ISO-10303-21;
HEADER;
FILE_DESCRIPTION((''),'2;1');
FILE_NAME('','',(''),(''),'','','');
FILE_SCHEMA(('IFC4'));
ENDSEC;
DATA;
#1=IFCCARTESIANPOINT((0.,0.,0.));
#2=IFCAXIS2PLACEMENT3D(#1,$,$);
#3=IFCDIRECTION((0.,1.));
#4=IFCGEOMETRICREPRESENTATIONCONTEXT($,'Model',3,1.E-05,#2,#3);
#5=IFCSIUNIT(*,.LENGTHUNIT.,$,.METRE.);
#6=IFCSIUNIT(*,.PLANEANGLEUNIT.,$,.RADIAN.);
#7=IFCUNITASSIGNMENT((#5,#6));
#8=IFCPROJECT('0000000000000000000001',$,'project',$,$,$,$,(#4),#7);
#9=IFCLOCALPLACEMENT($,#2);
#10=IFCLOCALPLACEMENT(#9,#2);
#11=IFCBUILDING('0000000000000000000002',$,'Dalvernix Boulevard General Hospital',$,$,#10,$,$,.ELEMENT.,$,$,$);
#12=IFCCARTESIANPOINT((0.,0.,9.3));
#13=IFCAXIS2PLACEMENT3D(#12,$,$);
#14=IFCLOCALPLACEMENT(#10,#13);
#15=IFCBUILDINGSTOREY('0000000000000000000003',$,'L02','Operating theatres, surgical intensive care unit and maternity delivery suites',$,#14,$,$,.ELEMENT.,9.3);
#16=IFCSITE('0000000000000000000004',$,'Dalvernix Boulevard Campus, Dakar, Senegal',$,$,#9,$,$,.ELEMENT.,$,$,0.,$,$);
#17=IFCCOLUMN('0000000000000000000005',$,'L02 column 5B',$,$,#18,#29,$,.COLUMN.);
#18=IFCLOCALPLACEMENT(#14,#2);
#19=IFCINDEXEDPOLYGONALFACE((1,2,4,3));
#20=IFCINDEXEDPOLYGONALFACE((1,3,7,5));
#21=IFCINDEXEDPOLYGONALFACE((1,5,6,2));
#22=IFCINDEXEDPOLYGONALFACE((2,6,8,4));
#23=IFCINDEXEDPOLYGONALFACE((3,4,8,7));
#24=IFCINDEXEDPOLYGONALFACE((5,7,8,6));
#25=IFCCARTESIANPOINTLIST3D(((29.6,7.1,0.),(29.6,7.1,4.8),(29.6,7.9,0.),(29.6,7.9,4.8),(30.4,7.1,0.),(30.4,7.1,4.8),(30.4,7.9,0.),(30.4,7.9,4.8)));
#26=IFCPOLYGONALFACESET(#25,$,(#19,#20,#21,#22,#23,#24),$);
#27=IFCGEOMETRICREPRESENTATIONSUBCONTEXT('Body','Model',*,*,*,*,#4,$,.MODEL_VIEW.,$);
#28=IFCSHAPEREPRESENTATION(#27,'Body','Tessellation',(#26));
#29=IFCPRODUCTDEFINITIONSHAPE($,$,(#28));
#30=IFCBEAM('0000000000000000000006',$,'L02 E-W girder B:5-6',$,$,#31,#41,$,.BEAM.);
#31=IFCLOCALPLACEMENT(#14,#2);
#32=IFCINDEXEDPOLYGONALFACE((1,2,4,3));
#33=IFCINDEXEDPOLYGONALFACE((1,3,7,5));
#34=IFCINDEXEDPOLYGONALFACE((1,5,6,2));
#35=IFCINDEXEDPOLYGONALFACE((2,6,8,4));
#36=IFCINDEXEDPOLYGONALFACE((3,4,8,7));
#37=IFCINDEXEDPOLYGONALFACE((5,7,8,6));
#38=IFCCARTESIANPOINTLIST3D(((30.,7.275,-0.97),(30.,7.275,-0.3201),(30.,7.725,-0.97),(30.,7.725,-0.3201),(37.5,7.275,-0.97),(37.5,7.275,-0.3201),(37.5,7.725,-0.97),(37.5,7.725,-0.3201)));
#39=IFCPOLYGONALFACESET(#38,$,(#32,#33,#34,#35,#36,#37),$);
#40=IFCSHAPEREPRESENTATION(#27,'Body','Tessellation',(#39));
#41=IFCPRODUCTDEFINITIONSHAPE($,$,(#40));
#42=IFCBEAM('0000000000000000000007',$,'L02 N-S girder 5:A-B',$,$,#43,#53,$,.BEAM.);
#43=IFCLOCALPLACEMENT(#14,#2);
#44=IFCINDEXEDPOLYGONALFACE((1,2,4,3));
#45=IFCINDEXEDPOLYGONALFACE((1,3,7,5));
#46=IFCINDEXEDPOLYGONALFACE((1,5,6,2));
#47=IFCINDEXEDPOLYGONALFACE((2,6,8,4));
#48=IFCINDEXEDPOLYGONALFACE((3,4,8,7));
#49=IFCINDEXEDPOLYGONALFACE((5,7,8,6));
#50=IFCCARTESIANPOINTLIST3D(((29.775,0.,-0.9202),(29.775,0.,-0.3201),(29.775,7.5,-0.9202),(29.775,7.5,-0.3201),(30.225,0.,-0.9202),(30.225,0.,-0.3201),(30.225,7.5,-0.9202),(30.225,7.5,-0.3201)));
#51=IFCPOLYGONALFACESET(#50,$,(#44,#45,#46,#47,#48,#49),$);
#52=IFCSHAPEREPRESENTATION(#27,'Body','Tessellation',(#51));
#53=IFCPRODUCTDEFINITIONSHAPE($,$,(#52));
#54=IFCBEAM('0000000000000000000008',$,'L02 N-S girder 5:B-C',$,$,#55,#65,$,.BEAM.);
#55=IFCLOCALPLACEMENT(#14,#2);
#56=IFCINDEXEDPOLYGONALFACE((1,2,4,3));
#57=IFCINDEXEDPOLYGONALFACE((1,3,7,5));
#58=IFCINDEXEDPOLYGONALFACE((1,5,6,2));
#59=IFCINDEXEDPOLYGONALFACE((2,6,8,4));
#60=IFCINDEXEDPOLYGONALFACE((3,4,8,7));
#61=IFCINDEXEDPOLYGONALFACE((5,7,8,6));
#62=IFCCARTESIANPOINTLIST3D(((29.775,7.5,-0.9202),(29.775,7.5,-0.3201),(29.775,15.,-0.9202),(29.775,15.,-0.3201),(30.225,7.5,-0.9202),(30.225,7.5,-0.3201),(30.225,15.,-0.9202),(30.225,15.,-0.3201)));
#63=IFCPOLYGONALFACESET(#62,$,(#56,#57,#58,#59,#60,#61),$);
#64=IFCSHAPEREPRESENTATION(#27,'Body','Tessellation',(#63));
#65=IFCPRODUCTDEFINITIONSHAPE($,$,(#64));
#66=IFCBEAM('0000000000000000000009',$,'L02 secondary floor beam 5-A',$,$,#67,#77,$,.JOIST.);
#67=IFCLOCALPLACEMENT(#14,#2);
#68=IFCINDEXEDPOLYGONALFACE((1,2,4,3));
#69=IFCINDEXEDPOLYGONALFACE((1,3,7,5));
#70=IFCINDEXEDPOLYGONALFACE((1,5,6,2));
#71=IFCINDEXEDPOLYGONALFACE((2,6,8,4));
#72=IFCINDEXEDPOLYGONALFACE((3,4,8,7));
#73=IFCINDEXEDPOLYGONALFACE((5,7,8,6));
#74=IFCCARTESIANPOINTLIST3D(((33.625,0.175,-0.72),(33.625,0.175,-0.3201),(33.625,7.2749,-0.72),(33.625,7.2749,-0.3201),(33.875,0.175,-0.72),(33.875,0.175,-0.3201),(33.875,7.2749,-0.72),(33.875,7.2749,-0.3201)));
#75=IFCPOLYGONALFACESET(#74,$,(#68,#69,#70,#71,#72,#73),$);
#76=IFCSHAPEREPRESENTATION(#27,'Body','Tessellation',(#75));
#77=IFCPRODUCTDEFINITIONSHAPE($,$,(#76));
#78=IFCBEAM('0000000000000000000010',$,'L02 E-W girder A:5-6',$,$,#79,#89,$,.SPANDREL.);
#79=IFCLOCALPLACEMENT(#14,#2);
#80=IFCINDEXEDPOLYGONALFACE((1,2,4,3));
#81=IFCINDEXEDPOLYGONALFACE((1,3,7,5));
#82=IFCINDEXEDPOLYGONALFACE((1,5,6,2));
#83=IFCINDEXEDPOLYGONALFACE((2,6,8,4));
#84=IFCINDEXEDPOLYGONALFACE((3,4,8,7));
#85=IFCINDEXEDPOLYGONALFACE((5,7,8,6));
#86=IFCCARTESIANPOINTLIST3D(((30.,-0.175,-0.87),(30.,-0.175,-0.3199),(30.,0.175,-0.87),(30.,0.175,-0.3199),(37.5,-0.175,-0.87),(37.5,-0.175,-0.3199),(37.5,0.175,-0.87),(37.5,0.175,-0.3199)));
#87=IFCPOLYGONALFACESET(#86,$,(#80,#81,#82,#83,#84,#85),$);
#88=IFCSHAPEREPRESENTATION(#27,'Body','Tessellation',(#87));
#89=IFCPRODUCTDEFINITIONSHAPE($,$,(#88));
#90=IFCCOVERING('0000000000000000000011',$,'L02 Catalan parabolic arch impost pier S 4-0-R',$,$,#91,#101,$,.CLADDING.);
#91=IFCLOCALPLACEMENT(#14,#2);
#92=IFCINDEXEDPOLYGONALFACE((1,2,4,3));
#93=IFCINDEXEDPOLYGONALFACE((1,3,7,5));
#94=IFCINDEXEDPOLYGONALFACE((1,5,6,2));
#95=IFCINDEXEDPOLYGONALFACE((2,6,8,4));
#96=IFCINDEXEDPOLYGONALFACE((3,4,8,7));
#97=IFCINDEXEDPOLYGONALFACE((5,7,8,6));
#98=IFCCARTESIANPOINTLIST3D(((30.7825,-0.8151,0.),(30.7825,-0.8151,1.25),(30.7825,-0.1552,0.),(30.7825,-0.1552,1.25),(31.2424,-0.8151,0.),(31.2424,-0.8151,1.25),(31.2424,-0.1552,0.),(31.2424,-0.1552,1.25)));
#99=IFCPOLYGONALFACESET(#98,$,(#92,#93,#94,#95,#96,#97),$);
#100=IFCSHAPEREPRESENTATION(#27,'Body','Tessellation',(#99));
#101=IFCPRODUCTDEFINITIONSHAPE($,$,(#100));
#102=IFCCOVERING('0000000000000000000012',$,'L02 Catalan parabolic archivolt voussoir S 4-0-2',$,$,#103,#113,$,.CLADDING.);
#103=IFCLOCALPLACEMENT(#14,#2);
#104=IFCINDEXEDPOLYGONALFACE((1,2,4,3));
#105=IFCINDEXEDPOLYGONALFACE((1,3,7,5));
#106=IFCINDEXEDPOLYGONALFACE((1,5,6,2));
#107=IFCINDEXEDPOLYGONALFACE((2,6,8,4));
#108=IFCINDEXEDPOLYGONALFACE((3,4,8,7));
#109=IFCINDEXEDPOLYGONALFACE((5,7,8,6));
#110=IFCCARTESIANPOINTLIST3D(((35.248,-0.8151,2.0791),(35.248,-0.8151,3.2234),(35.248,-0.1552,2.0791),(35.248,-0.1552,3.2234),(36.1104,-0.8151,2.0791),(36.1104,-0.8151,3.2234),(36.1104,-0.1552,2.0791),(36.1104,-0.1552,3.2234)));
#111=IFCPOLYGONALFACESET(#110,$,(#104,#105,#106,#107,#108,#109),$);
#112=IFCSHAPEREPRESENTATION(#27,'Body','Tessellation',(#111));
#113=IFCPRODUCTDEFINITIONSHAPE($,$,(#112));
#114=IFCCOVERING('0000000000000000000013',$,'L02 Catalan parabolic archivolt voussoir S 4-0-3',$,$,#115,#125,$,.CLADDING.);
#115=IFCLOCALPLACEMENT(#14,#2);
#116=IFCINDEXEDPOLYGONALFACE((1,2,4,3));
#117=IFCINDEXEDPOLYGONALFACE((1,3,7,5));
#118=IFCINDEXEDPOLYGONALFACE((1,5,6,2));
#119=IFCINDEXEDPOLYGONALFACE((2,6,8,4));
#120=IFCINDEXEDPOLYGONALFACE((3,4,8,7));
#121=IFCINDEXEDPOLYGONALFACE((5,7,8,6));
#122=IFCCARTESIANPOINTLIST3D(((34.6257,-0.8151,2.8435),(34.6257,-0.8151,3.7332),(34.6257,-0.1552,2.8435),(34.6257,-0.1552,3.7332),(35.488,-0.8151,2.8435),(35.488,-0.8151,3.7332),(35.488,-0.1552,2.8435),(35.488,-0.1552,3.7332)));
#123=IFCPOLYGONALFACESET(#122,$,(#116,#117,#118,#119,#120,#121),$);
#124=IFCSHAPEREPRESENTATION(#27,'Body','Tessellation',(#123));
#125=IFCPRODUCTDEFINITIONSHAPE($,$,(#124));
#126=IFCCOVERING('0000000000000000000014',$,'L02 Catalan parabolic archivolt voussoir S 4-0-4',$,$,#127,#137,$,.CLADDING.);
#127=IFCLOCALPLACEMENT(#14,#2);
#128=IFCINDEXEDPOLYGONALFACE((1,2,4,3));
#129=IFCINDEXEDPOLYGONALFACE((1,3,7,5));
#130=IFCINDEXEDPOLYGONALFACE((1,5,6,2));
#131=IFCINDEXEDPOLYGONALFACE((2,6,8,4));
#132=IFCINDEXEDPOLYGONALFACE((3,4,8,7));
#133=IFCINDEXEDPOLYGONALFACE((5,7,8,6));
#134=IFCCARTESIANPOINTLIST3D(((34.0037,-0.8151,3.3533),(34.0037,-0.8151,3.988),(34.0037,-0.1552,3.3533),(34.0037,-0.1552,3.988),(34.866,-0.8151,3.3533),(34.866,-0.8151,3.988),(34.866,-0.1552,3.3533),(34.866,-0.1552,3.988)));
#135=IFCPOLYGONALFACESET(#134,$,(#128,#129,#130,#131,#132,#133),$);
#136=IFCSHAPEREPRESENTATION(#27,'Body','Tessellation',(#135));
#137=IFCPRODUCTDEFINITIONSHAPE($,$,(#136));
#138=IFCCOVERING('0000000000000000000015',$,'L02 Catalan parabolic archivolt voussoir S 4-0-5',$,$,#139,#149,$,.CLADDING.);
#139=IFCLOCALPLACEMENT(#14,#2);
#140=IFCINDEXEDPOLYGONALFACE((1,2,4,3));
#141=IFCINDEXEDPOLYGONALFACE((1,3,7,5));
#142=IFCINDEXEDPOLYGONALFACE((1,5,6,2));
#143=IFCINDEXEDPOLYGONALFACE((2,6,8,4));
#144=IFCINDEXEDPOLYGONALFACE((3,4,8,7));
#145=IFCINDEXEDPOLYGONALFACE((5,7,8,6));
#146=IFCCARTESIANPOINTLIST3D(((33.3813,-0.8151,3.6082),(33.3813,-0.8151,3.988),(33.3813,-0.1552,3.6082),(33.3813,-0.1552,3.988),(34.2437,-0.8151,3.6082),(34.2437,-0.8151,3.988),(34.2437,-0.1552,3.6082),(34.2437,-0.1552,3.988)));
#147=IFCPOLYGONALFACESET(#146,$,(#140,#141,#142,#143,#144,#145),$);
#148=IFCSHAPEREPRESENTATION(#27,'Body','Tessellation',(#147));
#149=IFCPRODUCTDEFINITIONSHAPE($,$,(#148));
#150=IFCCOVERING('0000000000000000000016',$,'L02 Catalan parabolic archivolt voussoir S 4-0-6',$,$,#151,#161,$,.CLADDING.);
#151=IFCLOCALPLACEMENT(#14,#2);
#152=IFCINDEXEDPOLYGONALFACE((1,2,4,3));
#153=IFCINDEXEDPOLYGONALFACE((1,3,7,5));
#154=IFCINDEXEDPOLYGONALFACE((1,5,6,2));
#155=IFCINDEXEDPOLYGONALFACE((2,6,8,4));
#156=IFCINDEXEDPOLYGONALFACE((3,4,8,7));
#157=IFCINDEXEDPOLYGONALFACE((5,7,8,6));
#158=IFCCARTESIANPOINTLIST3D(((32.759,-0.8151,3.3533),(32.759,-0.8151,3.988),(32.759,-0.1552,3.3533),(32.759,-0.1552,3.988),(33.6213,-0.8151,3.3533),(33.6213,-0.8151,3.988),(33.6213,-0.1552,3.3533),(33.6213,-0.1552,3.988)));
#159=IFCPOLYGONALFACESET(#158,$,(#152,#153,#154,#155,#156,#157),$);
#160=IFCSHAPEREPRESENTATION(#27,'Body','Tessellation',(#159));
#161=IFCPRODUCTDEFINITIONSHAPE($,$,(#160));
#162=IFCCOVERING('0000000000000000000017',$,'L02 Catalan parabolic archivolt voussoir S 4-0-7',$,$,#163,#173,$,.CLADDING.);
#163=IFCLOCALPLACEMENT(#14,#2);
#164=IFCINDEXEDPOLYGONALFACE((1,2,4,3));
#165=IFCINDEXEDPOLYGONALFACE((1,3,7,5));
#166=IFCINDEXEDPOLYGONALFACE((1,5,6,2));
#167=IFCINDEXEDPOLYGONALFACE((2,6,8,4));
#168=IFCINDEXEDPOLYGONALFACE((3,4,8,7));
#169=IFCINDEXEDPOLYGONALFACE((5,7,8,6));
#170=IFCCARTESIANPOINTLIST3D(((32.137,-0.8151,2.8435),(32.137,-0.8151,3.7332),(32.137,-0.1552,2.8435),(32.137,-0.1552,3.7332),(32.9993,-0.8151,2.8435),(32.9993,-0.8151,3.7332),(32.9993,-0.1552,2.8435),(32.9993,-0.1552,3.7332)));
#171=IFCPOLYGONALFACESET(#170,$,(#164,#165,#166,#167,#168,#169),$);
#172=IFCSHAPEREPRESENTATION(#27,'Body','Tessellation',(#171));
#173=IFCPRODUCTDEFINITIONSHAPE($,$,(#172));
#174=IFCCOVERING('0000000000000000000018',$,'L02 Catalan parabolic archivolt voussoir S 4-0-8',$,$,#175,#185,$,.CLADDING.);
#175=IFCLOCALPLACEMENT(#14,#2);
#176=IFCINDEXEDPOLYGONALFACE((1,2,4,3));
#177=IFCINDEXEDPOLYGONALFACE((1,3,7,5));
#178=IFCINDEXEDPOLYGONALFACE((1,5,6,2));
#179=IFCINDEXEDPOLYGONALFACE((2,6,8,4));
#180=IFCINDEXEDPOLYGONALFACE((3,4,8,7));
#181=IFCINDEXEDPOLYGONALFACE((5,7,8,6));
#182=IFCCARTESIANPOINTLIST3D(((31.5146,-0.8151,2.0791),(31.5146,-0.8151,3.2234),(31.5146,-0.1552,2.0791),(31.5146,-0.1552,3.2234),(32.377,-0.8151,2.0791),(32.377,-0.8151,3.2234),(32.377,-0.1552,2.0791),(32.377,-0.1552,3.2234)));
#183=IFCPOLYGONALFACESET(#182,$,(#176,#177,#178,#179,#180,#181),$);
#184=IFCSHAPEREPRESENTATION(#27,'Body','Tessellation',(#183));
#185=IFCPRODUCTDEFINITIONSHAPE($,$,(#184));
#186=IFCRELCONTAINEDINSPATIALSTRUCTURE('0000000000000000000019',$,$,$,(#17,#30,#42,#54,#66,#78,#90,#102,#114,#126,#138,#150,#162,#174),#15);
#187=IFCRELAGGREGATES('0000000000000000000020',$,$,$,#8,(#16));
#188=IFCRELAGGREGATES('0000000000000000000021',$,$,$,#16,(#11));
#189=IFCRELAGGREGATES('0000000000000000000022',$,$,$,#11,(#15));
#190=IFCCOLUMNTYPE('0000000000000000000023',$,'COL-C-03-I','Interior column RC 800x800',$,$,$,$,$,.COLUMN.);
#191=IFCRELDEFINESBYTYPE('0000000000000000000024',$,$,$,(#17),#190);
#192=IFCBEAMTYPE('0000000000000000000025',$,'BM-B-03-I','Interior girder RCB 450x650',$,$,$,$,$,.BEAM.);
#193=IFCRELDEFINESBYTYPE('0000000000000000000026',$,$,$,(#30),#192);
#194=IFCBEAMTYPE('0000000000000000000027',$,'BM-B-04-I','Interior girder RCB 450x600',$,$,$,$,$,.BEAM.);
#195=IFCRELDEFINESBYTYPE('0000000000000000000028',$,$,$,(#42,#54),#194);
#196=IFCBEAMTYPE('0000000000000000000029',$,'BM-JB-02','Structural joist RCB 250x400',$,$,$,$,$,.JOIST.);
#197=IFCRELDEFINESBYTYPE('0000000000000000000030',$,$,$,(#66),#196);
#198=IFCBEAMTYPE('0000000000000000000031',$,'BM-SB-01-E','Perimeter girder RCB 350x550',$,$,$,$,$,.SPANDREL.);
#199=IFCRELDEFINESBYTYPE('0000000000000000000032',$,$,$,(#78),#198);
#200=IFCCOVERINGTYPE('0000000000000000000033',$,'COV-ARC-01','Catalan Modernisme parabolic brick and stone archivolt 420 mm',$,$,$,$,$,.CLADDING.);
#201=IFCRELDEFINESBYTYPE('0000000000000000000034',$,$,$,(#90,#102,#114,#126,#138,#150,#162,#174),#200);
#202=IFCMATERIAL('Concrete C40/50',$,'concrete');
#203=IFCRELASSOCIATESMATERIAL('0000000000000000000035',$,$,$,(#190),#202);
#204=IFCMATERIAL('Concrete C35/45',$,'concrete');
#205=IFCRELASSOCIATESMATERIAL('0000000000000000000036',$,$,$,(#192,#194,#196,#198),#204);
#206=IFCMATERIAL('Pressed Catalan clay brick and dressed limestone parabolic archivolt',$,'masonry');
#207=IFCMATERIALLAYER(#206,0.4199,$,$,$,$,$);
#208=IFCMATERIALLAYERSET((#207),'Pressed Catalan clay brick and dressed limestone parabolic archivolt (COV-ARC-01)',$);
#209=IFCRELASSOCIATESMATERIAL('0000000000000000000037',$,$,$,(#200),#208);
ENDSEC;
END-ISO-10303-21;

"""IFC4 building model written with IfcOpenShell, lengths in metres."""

from ifc_helpers import new_model, si_unit, direction, frame, origin, origin_2d, place, context, subcontext, project, spatial, rectangle, extrude, material, layer, layer_set, material_profile, profile_set, type_object, element, save


model = new_model("IFC4")

# Units and contexts
model_context = context("Model", 3, precision=1e-05, world=origin(), true_north=direction((0.0, 1.0)))
body_context = subcontext(model_context, "Body", "Model", "MODEL_VIEW")
ifc_project = project(units=[si_unit("LENGTHUNIT", "METRE"), si_unit("PLANEANGLEUNIT", "RADIAN")], contexts=[model_context])

# Site, building, storey
site_placement = place(None, origin())
site = spatial("IfcSite", under=ifc_project, at=site_placement, Name="Dalvernix Boulevard Campus, Dakar, Senegal", CompositionType="ELEMENT", RefElevation=0.0)
building_placement = place(site_placement, origin())
building = spatial("IfcBuilding", under=site, at=building_placement, Name="Dalvernix Boulevard General Hospital", CompositionType="ELEMENT")
storey_placement = place(building_placement, frame((0.0, 0.0, 9.3)))
storey = spatial("IfcBuildingStorey", under=building, at=storey_placement, Name="L02", Description="Operating theatres, surgical intensive care unit and maternity delivery suites", CompositionType="ELEMENT", Elevation=9.3)

# Column
ifc_material_1 = material(Name="Concrete C40/50", Category="concrete")
ifc_material_profile_1 = material_profile(ifc_material_1, rectangle(XDim=0.8, YDim=0.8, at=origin_2d()), Name="RC 800x800")
ifc_profile_set_1 = profile_set([ifc_material_profile_1], Name="Concrete C40/50")
column_type = type_object("IfcColumnType", Name="COL-C-03-I", Description="Interior column RC 800x800", PredefinedType="COLUMN", material=ifc_profile_set_1)
column_placement = place(storey_placement, frame((30.0, 7.5, 0.0), z_axis=(0.0, 0.0, 1.0), x_axis=(1.0, 0.0, 0.0)))
element("IfcColumn", 1, at=column_placement, inside=storey, type_object=column_type, Name="L02 column 5B", PredefinedType="COLUMN", context=body_context, shape_type="SweptSolid", body=[
    extrude(rectangle(XDim=0.8, YDim=0.8, at=origin_2d()), origin(), (0.0, 0.0, 1.0), 4.8),
])

# Beams
ifc_material_2 = material(Name="Concrete C35/45", Category="concrete")
ifc_material_profile_2 = material_profile(ifc_material_2, rectangle(XDim=0.45, YDim=0.6499, at=origin_2d()), Name="RCB 450x650")
ifc_profile_set_2 = profile_set([ifc_material_profile_2], Name="Concrete C35/45")
beam_type_1 = type_object("IfcBeamType", Name="BM-B-03-I", Description="Interior girder RCB 450x650", PredefinedType="BEAM", material=ifc_profile_set_2)
beam_1_placement = place(storey_placement, frame((30.0, 7.5, -0.645), z_axis=(1.0, 0.0, 0.0), x_axis=(0.0, 1.0, 0.0)))
element("IfcBeam", 2, at=beam_1_placement, inside=storey, type_object=beam_type_1, Name="L02 E-W girder B:5-6", PredefinedType="BEAM", context=body_context, shape_type="SweptSolid", body=[
    extrude(rectangle(XDim=0.45, YDim=0.6499, at=origin_2d()), origin(), (0.0, 0.0, 1.0), 7.5),
])
ifc_material_profile_3 = material_profile(ifc_material_2, rectangle(XDim=0.45, YDim=0.6001, at=origin_2d()), Name="RCB 450x600")
ifc_profile_set_3 = profile_set([ifc_material_profile_3], Name="Concrete C35/45")
beam_type_2 = type_object("IfcBeamType", Name="BM-B-04-I", Description="Interior girder RCB 450x600", PredefinedType="BEAM", material=ifc_profile_set_3)
for number, where, z_axis, x_axis, name in (
    (3, (30.0, 0.0, -0.6201), (0.0, 1.0, 0.0), (-1.0, 0.0, 0.0), "L02 N-S girder 5:A-B"),
    (4, (30.0, 7.5, -0.6201), (0.0, 1.0, 0.0), (-1.0, 0.0, 0.0), "L02 N-S girder 5:B-C"),
):
    element("IfcBeam", number, at=place(storey_placement, frame(where, z_axis=z_axis, x_axis=x_axis)), inside=storey, type_object=beam_type_2, Name=name, PredefinedType="BEAM", context=body_context, shape_type="SweptSolid", body=[
        extrude(rectangle(XDim=0.45, YDim=0.6001, at=origin_2d()), origin(), (0.0, 0.0, 1.0), 7.5),
    ])
ifc_material_profile_4 = material_profile(ifc_material_2, rectangle(XDim=0.25, YDim=0.3999, at=origin_2d()), Name="RCB 250x400")
ifc_profile_set_4 = profile_set([ifc_material_profile_4], Name="Concrete C35/45")
beam_type_3 = type_object("IfcBeamType", Name="BM-JB-02", Description="Structural joist RCB 250x400", PredefinedType="JOIST", material=ifc_profile_set_4)
beam_2_placement = place(storey_placement, frame((33.75, 0.175, -0.52), z_axis=(0.0, 1.0, 0.0), x_axis=(-1.0, 0.0, 0.0)))
element("IfcBeam", 5, at=beam_2_placement, inside=storey, type_object=beam_type_3, Name="L02 secondary floor beam 5-A", PredefinedType="JOIST", context=body_context, shape_type="SweptSolid", body=[
    extrude(rectangle(XDim=0.25, YDim=0.3999, at=origin_2d()), origin(), (0.0, 0.0, 1.0), 7.0999),
])
ifc_material_profile_5 = material_profile(ifc_material_2, rectangle(XDim=0.3501, YDim=0.55, at=origin_2d()), Name="RCB 350x550")
ifc_profile_set_5 = profile_set([ifc_material_profile_5], Name="Concrete C35/45")
beam_type_4 = type_object("IfcBeamType", Name="BM-SB-01-E", Description="Perimeter girder RCB 350x550", PredefinedType="SPANDREL", material=ifc_profile_set_5)
beam_3_placement = place(storey_placement, frame((30.0, 0.0, -0.595), z_axis=(1.0, 0.0, 0.0), x_axis=(0.0, 1.0, 0.0)))
element("IfcBeam", 6, at=beam_3_placement, inside=storey, type_object=beam_type_4, Name="L02 E-W girder A:5-6", PredefinedType="SPANDREL", context=body_context, shape_type="SweptSolid", body=[
    extrude(rectangle(XDim=0.3501, YDim=0.55, at=origin_2d()), origin(), (0.0, 0.0, 1.0), 7.5),
])

# Coverings
ifc_material_3 = material(Name="Pressed Catalan clay brick and dressed limestone parabolic archivolt", Category="masonry")
ifc_layer_1 = layer(ifc_material_3, 0.4199)
ifc_layer_set_1 = layer_set([ifc_layer_1], Name="Pressed Catalan clay brick and dressed limestone parabolic archivolt (COV-ARC-01)")
covering_type_1 = type_object("IfcCoveringType", Name="COV-ARC-01", Description="Catalan Modernisme parabolic brick and stone archivolt 420 mm", PredefinedType="CLADDING", material=ifc_layer_set_1)
covering_1_placement = place(storey_placement, frame((31.0125, -0.4851, 0.0), z_axis=(0.0, 0.0, 1.0), x_axis=(-1.0, 0.0, 0.0)))
element("IfcCovering", 7, at=covering_1_placement, inside=storey, type_object=covering_type_1, Name="L02 Catalan parabolic arch impost pier S 4-0-R", PredefinedType="CLADDING", context=body_context, shape_type="SweptSolid", body=[
    extrude(rectangle(XDim=0.46, YDim=0.6599, at=origin_2d()), origin(), (0.0, 0.0, 1.0), 1.25),
])
covering_2_placement = place(storey_placement, frame((35.6792, -0.4851, 2.0791), z_axis=(0.0, 0.0, 1.0), x_axis=(-1.0, 0.0, 0.0)))
element("IfcCovering", 8, at=covering_2_placement, inside=storey, type_object=covering_type_1, Name="L02 Catalan parabolic archivolt voussoir S 4-0-2", PredefinedType="CLADDING", context=body_context, shape_type="SweptSolid", body=[
    extrude(rectangle(XDim=0.8623, YDim=0.6599, at=origin_2d()), origin(), (0.0, 0.0, 1.0), 1.1443),
])
covering_3_placement = place(storey_placement, frame((35.0569, -0.4851, 2.8435), z_axis=(0.0, 0.0, 1.0), x_axis=(-1.0, 0.0, 0.0)))
element("IfcCovering", 9, at=covering_3_placement, inside=storey, type_object=covering_type_1, Name="L02 Catalan parabolic archivolt voussoir S 4-0-3", PredefinedType="CLADDING", context=body_context, shape_type="SweptSolid", body=[
    extrude(rectangle(XDim=0.8623, YDim=0.6599, at=origin_2d()), origin(), (0.0, 0.0, 1.0), 0.8896),
])
covering_4_placement = place(storey_placement, frame((34.4348, -0.4851, 3.3533), z_axis=(0.0, 0.0, 1.0), x_axis=(-1.0, 0.0, 0.0)))
element("IfcCovering", 10, at=covering_4_placement, inside=storey, type_object=covering_type_1, Name="L02 Catalan parabolic archivolt voussoir S 4-0-4", PredefinedType="CLADDING", context=body_context, shape_type="SweptSolid", body=[
    extrude(rectangle(XDim=0.8623, YDim=0.6599, at=origin_2d()), origin(), (0.0, 0.0, 1.0), 0.6348),
])
covering_5_placement = place(storey_placement, frame((33.8125, -0.4851, 3.6082), z_axis=(0.0, 0.0, 1.0), x_axis=(-1.0, 0.0, 0.0)))
element("IfcCovering", 11, at=covering_5_placement, inside=storey, type_object=covering_type_1, Name="L02 Catalan parabolic archivolt voussoir S 4-0-5", PredefinedType="CLADDING", context=body_context, shape_type="SweptSolid", body=[
    extrude(rectangle(XDim=0.8623, YDim=0.6599, at=origin_2d()), origin(), (0.0, 0.0, 1.0), 0.3799),
])
covering_6_placement = place(storey_placement, frame((33.1902, -0.4851, 3.3533), z_axis=(0.0, 0.0, 1.0), x_axis=(-1.0, 0.0, 0.0)))
element("IfcCovering", 12, at=covering_6_placement, inside=storey, type_object=covering_type_1, Name="L02 Catalan parabolic archivolt voussoir S 4-0-6", PredefinedType="CLADDING", context=body_context, shape_type="SweptSolid", body=[
    extrude(rectangle(XDim=0.8623, YDim=0.6599, at=origin_2d()), origin(), (0.0, 0.0, 1.0), 0.6348),
])
covering_7_placement = place(storey_placement, frame((32.5681, -0.4851, 2.8435), z_axis=(0.0, 0.0, 1.0), x_axis=(-1.0, 0.0, 0.0)))
element("IfcCovering", 13, at=covering_7_placement, inside=storey, type_object=covering_type_1, Name="L02 Catalan parabolic archivolt voussoir S 4-0-7", PredefinedType="CLADDING", context=body_context, shape_type="SweptSolid", body=[
    extrude(rectangle(XDim=0.8623, YDim=0.6599, at=origin_2d()), origin(), (0.0, 0.0, 1.0), 0.8896),
])
covering_8_placement = place(storey_placement, frame((31.9458, -0.4851, 2.0791), z_axis=(0.0, 0.0, 1.0), x_axis=(-1.0, 0.0, 0.0)))
element("IfcCovering", 14, at=covering_8_placement, inside=storey, type_object=covering_type_1, Name="L02 Catalan parabolic archivolt voussoir S 4-0-8", PredefinedType="CLADDING", context=body_context, shape_type="SweptSolid", body=[
    extrude(rectangle(XDim=0.8623, YDim=0.6599, at=origin_2d()), origin(), (0.0, 0.0, 1.0), 1.1443),
])

save(model, "model.ifc")
